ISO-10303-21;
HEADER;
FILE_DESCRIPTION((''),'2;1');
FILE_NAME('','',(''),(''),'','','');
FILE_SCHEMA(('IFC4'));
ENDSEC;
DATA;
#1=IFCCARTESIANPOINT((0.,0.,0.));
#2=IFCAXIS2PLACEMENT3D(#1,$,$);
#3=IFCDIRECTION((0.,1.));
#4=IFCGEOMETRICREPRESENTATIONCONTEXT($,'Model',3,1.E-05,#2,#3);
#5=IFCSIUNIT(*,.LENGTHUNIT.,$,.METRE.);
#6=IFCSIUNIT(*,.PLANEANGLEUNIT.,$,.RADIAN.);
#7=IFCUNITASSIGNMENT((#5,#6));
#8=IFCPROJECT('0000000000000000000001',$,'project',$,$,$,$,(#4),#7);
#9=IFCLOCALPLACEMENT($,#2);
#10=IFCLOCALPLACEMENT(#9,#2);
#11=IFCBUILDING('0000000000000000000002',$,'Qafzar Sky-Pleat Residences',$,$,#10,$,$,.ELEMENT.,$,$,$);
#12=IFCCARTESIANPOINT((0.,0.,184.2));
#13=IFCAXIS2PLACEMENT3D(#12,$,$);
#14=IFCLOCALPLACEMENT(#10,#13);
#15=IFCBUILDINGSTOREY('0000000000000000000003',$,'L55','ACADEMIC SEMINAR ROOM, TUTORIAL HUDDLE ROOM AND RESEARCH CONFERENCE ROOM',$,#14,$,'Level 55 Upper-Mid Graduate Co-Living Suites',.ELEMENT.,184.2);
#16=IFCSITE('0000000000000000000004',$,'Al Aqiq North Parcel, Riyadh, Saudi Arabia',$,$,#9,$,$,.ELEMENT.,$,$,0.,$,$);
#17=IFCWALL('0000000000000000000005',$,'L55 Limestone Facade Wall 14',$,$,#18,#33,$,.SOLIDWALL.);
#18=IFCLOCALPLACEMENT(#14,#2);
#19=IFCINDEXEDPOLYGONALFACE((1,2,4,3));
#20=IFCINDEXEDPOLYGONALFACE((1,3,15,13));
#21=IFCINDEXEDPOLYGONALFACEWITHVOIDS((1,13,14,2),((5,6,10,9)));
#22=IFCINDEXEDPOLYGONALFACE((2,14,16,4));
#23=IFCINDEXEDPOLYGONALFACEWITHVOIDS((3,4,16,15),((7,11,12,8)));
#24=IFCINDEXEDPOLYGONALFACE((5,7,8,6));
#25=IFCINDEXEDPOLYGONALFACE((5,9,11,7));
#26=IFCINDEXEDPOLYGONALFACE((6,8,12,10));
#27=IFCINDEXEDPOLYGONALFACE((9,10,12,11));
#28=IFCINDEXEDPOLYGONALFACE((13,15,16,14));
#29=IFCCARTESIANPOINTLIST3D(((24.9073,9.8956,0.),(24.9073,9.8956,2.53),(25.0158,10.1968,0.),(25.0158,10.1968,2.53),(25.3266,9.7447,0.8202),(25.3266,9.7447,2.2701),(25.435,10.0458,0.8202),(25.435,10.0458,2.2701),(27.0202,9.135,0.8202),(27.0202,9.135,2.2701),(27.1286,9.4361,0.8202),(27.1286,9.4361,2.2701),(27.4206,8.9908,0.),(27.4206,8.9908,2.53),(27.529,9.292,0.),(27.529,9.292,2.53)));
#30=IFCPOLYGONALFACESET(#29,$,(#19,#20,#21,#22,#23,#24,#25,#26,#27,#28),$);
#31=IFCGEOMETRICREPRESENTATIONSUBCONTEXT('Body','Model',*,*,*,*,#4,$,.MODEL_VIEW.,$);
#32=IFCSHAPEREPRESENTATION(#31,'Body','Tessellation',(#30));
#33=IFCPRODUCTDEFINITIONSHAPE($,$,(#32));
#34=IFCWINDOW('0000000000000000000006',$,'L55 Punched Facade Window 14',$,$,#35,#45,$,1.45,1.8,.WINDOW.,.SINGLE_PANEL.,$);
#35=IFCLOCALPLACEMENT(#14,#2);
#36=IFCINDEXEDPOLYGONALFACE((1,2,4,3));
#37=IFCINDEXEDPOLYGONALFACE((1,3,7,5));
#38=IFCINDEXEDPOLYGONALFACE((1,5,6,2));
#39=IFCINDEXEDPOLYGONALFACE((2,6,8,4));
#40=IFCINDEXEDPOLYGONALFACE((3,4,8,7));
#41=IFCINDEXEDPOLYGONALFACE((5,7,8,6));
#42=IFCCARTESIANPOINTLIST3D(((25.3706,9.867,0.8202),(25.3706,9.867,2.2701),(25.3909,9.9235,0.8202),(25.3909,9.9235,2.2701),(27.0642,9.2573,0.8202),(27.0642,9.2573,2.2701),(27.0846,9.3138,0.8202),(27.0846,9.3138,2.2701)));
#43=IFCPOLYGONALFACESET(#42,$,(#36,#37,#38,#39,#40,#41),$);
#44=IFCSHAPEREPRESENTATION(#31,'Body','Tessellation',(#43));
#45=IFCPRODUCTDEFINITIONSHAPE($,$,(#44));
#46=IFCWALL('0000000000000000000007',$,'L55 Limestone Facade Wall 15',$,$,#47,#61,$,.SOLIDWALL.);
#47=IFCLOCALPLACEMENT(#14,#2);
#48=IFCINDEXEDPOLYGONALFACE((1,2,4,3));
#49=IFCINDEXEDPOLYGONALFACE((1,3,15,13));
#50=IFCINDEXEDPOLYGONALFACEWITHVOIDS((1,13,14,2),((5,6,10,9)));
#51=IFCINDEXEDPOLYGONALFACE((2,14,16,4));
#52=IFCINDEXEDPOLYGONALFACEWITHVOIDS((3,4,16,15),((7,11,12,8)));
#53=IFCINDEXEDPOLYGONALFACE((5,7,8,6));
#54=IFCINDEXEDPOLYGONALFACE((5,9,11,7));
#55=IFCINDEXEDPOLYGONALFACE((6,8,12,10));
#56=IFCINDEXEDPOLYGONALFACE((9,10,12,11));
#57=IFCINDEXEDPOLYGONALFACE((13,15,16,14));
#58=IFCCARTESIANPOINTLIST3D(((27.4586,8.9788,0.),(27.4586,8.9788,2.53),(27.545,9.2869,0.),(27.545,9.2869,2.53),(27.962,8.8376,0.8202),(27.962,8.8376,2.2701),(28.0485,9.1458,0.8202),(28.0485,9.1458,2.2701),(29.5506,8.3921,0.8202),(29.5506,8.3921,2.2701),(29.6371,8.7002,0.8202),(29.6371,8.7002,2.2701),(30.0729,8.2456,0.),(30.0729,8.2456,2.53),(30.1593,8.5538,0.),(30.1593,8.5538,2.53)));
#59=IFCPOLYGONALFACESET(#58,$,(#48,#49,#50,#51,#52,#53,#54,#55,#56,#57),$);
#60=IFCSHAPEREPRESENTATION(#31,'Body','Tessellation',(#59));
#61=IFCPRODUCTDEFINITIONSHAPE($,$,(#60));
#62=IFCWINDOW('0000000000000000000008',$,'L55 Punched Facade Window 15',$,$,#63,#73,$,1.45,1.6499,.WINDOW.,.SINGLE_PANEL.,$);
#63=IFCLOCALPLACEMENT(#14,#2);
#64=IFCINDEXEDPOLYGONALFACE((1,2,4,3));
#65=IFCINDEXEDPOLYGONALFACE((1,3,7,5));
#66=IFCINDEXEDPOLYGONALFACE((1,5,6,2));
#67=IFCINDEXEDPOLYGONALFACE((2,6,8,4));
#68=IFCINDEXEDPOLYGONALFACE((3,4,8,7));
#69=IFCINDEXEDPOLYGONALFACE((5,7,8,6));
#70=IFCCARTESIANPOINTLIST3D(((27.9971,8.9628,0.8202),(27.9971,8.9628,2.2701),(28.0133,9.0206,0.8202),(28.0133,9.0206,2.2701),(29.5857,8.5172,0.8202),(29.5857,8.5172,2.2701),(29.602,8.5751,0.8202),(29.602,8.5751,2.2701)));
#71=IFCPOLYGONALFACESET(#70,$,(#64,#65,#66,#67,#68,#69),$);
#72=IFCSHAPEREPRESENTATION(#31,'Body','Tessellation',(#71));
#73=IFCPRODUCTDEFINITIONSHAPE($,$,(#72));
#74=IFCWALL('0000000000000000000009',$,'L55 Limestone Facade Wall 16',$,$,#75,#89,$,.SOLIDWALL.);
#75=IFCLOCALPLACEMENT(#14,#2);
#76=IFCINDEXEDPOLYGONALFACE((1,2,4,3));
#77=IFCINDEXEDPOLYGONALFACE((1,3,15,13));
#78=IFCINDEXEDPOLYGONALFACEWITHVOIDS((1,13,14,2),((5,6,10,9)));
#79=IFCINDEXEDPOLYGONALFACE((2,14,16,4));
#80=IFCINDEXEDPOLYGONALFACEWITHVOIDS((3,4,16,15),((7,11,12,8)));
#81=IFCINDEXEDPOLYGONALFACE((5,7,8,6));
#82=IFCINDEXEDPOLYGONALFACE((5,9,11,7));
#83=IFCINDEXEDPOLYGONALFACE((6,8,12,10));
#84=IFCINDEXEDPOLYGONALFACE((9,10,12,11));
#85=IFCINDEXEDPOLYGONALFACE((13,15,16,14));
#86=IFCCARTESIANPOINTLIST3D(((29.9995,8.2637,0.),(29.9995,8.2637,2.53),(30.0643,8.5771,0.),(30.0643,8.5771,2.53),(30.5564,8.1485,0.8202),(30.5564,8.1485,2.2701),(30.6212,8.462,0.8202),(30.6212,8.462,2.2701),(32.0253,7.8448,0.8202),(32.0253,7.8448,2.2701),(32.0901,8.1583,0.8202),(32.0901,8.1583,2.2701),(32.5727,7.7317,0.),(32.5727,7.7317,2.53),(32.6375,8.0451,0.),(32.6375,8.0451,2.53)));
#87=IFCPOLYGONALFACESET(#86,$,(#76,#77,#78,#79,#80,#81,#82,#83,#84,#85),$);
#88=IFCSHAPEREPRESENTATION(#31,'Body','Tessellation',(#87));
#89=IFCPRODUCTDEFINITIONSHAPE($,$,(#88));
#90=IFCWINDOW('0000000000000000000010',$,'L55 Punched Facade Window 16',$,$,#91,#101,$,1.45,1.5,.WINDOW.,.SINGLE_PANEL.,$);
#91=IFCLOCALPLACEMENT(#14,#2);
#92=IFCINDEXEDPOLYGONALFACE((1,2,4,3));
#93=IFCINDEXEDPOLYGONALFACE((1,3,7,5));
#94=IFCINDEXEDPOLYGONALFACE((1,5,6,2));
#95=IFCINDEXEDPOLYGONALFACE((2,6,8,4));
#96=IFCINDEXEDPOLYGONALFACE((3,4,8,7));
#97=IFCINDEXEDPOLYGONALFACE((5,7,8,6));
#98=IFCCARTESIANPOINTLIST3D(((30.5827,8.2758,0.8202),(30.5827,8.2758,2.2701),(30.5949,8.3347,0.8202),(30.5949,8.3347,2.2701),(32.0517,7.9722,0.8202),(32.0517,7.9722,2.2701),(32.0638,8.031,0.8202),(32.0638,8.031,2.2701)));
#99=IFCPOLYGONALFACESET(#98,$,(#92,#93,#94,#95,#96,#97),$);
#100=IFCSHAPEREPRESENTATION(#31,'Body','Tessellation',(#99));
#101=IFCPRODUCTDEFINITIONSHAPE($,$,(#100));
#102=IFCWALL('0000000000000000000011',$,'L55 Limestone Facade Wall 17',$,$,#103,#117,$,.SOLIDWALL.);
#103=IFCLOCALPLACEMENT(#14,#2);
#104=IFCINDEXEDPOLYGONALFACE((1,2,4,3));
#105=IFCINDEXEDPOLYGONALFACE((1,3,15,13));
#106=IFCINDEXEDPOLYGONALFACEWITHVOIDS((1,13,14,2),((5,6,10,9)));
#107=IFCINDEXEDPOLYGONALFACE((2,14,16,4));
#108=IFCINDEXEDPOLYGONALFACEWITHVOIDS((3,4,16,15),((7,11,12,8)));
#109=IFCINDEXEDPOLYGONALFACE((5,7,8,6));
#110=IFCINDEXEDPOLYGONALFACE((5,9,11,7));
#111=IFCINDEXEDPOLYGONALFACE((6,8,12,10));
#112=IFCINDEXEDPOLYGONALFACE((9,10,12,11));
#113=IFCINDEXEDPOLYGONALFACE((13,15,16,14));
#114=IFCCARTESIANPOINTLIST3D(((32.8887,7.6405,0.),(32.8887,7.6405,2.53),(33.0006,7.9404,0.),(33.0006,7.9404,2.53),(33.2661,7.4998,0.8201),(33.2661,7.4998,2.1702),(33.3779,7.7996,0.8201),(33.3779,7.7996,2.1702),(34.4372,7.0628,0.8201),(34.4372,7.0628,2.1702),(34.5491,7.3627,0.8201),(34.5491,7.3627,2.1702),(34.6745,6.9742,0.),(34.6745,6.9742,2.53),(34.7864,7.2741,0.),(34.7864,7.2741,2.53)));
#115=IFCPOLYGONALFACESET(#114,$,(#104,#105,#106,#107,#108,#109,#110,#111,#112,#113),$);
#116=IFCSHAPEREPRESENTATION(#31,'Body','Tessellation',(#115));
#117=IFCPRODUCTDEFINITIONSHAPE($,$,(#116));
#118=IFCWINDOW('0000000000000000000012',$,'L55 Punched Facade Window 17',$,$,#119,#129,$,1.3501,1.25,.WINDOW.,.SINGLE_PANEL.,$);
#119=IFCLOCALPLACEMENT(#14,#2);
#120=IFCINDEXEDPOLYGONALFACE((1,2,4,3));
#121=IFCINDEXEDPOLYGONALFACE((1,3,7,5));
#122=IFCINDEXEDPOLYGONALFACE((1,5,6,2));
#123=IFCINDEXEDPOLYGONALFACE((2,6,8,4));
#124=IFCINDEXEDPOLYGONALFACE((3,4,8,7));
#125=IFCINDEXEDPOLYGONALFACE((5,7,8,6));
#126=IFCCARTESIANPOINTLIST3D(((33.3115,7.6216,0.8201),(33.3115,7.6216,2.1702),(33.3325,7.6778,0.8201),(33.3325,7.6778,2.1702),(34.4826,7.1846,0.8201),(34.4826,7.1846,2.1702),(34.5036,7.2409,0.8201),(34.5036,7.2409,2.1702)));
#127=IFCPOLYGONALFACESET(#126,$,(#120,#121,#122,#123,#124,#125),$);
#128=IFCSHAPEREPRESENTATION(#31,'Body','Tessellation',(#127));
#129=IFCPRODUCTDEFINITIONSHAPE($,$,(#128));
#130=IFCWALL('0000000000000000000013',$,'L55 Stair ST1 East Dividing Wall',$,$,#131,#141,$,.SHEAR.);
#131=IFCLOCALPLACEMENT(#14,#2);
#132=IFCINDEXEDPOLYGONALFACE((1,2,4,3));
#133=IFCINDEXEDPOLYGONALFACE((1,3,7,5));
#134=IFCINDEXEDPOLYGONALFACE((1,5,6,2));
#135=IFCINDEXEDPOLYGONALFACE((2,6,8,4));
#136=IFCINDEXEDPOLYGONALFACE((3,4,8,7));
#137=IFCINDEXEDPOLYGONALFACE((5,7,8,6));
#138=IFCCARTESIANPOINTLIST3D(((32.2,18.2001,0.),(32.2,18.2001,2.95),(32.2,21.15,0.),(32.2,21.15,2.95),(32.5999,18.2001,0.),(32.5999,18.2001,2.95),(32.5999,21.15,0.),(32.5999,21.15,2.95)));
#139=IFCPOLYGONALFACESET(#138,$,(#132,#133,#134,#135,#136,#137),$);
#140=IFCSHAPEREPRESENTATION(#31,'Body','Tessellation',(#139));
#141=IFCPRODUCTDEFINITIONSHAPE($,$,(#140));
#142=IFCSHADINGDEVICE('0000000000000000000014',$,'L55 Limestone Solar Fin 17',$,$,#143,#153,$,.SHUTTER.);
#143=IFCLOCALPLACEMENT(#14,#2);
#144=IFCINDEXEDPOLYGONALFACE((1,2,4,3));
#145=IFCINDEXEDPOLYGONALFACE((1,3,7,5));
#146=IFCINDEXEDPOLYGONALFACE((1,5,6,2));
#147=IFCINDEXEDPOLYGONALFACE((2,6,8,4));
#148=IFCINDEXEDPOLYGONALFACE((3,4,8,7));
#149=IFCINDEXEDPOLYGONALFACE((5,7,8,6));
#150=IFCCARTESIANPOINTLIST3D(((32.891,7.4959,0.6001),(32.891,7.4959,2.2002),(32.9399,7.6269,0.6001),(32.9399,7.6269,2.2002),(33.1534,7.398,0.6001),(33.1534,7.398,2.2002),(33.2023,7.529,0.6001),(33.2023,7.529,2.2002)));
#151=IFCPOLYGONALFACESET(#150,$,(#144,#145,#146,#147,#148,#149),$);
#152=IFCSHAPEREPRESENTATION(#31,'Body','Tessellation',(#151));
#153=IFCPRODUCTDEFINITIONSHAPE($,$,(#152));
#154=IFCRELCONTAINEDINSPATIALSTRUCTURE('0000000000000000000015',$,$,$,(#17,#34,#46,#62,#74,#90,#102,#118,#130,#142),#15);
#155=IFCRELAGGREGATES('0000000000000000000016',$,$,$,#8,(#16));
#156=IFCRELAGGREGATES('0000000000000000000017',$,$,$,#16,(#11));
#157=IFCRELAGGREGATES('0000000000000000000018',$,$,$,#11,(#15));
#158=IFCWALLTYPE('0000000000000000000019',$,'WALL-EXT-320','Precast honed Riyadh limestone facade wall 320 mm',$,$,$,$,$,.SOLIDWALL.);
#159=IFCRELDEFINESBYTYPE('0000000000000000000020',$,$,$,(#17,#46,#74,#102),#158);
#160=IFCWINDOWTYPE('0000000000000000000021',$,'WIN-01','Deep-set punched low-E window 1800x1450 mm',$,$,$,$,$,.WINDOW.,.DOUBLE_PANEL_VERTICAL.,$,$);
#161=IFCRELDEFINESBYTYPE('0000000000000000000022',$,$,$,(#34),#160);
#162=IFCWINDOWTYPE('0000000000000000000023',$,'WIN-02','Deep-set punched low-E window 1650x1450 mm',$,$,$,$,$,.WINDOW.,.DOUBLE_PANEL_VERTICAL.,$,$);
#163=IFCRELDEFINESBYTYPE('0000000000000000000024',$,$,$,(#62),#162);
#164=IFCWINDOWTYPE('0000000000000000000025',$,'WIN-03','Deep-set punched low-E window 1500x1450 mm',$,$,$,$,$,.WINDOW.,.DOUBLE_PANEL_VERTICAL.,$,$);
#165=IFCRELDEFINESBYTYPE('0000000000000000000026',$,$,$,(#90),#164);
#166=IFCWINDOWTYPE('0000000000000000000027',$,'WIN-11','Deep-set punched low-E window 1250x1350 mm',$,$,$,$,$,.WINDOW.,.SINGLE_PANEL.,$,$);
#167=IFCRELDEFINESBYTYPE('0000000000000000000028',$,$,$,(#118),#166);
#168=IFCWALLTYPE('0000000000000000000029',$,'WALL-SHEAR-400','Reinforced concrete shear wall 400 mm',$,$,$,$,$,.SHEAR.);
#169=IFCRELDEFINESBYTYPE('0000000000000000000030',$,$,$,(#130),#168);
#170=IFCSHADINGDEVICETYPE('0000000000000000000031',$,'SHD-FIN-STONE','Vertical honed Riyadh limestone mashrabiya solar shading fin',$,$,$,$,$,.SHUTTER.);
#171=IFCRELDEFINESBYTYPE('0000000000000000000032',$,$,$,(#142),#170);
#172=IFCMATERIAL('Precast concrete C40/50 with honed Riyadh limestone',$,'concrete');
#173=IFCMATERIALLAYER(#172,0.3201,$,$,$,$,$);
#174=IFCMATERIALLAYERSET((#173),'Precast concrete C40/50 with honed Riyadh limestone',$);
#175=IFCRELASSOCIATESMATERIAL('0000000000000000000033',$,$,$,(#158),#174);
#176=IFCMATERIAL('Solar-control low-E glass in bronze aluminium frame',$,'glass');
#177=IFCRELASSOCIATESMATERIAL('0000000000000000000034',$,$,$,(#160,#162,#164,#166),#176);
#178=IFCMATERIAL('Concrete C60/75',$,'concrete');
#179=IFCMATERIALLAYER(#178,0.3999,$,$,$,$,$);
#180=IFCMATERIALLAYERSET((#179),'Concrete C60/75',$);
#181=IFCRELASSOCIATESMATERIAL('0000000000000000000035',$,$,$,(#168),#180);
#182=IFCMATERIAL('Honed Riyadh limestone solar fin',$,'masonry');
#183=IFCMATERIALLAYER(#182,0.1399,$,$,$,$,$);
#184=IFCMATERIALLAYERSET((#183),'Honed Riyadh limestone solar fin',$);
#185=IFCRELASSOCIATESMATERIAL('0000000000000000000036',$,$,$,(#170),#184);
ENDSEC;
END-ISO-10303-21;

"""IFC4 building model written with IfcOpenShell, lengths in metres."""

from ifc_helpers import new_model, si_unit, direction, frame, frame_2d, origin, origin_2d, place, context, subcontext, project, spatial, rectangle, extrude, source, transform, mapped, material, layer, layer_set, type_object, element, fill, save


model = new_model("IFC4")

# Units and contexts
model_context = context("Model", 3, precision=1e-05, world=origin(), true_north=direction((0.0, 1.0)))
body_context = subcontext(model_context, "Body", "Model", "MODEL_VIEW")
ifc_project = project(units=[si_unit("LENGTHUNIT", "METRE"), si_unit("PLANEANGLEUNIT", "RADIAN")], contexts=[model_context])

# Site, building, storey
site_placement = place(None, origin())
site = spatial("IfcSite", under=ifc_project, at=site_placement, Name="Al Aqiq North Parcel, Riyadh, Saudi Arabia", CompositionType="ELEMENT", RefElevation=0.0)
building_placement = place(site_placement, origin())
building = spatial("IfcBuilding", under=site, at=building_placement, Name="Qafzar Sky-Pleat Residences", CompositionType="ELEMENT")
storey_placement = place(building_placement, frame((0.0, 0.0, 184.2)))
storey = spatial("IfcBuildingStorey", under=building, at=storey_placement, Name="L55", Description="ACADEMIC SEMINAR ROOM, TUTORIAL HUDDLE ROOM AND RESEARCH CONFERENCE ROOM", LongName="Level 55 Upper-Mid Graduate Co-Living Suites", CompositionType="ELEMENT", Elevation=184.2)

# Shared definitions
ifc_material_1 = material(Name="Concrete C60/75", Category="concrete")

# Walls, openings, windows
ifc_material_2 = material(Name="Precast concrete C40/50 with honed Riyadh limestone", Category="concrete")
ifc_layer_1 = layer(ifc_material_2, 0.3201)
ifc_layer_set_1 = layer_set([ifc_layer_1], Name="Precast concrete C40/50 with honed Riyadh limestone")
wall_type_1 = type_object("IfcWallType", Name="WALL-EXT-320", Description="Precast honed Riyadh limestone facade wall 320 mm", PredefinedType="SOLIDWALL", material=ifc_layer_set_1)
wall_1_placement = place(storey_placement, frame((24.9617, 10.0461, 0.0), z_axis=(0.0, 0.0, 1.0), x_axis=(0.940883, -0.338732, 0.0)))
wall_1 = element("IfcWall", 1, at=wall_1_placement, inside=storey, type_object=wall_type_1, Name="L55 Limestone Facade Wall 14", PredefinedType="SOLIDWALL", context=body_context, shape_type="SweptSolid", body=[
    extrude(rectangle(XDim=2.6711, YDim=0.3201, at=frame_2d((1.3354, 0.0))), origin(), (0.0, 0.0, 1.0), 2.53),
])
opening_1_placement = place(wall_1_placement, frame((0.4456, 0.0, 0.8201)))
opening_1 = element("IfcOpeningElement", 2, at=opening_1_placement, cuts=wall_1, PredefinedType="OPENING", context=body_context, shape_type="SweptSolid", body=[
    extrude(rectangle(XDim=1.8, YDim=1.45, at=frame_2d((0.8999, 0.7251))), frame((0.0, 0.1699, 0.0), z_axis=(0.0, -1.0, 0.0), x_axis=(1.0, 0.0, 0.0)), (0.0, 0.0, 1.0), 0.3401),
])
ifc_material_3 = material(Name="Solar-control low-E glass in bronze aluminium frame", Category="glass")
window_type_1 = type_object("IfcWindowType", Name="WIN-01", Description="Deep-set punched low-E window 1800x1450 mm", PartitioningType="DOUBLE_PANEL_VERTICAL", PredefinedType="WINDOW", material=ifc_material_3)
shared_shape_1 = source(origin(), body_context, "Body", "SweptSolid", [
    extrude(rectangle(XDim=1.8, YDim=1.45, at=frame_2d((0.8999, 0.7251))), frame((0.0, 0.03, 0.0), z_axis=(0.0, -1.0, 0.0), x_axis=(1.0, 0.0, 0.0)), (0.0, 0.0, 1.0), 0.0601),
])
window_1_placement = place(opening_1_placement, origin())
window_1 = element("IfcWindow", 3, at=window_1_placement, inside=storey, type_object=window_type_1, Name="L55 Punched Facade Window 14", OverallHeight=1.45, OverallWidth=1.8, PartitioningType="SINGLE_PANEL", PredefinedType="WINDOW", context=body_context, shape_type="MappedRepresentation", body=[
    mapped(shared_shape_1, transform((0.0, 0.0, 0.0), x_axis=(1.0, 0.0, 0.0), y_axis=(0.0, 1.0, 0.0), z_axis=(0.0, 0.0, 1.0), scale=1.0)),
])
fill(opening_1, window_1)
wall_2_placement = place(storey_placement, frame((27.502, 9.1328, 0.0), z_axis=(0.0, 0.0, 1.0), x_axis=(0.962853, -0.270027, 0.0)))
wall_2 = element("IfcWall", 4, at=wall_2_placement, inside=storey, type_object=wall_type_1, Name="L55 Limestone Facade Wall 15", PredefinedType="SOLIDWALL", context=body_context, shape_type="SweptSolid", body=[
    extrude(rectangle(XDim=2.7151, YDim=0.3201, at=frame_2d((1.3574, 0.0))), origin(), (0.0, 0.0, 1.0), 2.53),
])
opening_2_placement = place(wall_2_placement, frame((0.5227, 0.0, 0.8201)))
opening_2 = element("IfcOpeningElement", 5, at=opening_2_placement, cuts=wall_2, PredefinedType="OPENING", context=body_context, shape_type="SweptSolid", body=[
    extrude(rectangle(XDim=1.6499, YDim=1.45, at=frame_2d((0.825, 0.7251))), frame((0.0, 0.1699, 0.0), z_axis=(0.0, -1.0, 0.0), x_axis=(1.0, 0.0, 0.0)), (0.0, 0.0, 1.0), 0.3401),
])
window_type_2 = type_object("IfcWindowType", Name="WIN-02", Description="Deep-set punched low-E window 1650x1450 mm", PartitioningType="DOUBLE_PANEL_VERTICAL", PredefinedType="WINDOW", material=ifc_material_3)
shared_shape_2 = source(origin(), body_context, "Body", "SweptSolid", [
    extrude(rectangle(XDim=1.6499, YDim=1.45, at=frame_2d((0.825, 0.7251))), frame((0.0, 0.03, 0.0), z_axis=(0.0, -1.0, 0.0), x_axis=(1.0, 0.0, 0.0)), (0.0, 0.0, 1.0), 0.0601),
])
window_2_placement = place(opening_2_placement, origin())
window_2 = element("IfcWindow", 6, at=window_2_placement, inside=storey, type_object=window_type_2, Name="L55 Punched Facade Window 15", OverallHeight=1.45, OverallWidth=1.6499, PartitioningType="SINGLE_PANEL", PredefinedType="WINDOW", context=body_context, shape_type="MappedRepresentation", body=[
    mapped(shared_shape_2, transform((0.0, 0.0, 0.0), x_axis=(1.0, 0.0, 0.0), y_axis=(0.0, 1.0, 0.0), z_axis=(0.0, 0.0, 1.0), scale=1.0)),
])
fill(opening_2, window_2)
wall_3_placement = place(storey_placement, frame((30.0317, 8.4204, 0.0), z_axis=(0.0, 0.0, 1.0), x_axis=(0.979292, -0.202455, 0.0)))
wall_3 = element("IfcWall", 7, at=wall_3_placement, inside=storey, type_object=wall_type_1, Name="L55 Limestone Facade Wall 16", PredefinedType="SOLIDWALL", context=body_context, shape_type="SweptSolid", body=[
    extrude(rectangle(XDim=2.6277, YDim=0.3201, at=frame_2d((1.314, 0.0))), origin(), (0.0, 0.0, 1.0), 2.53),
])
opening_3_placement = place(wall_3_placement, frame((0.5688, 0.0, 0.8201)))
opening_3 = element("IfcOpeningElement", 8, at=opening_3_placement, cuts=wall_3, PredefinedType="OPENING", context=body_context, shape_type="SweptSolid", body=[
    extrude(rectangle(XDim=1.5, YDim=1.45, at=frame_2d((0.75, 0.7251))), frame((0.0, 0.1699, 0.0), z_axis=(0.0, -1.0, 0.0), x_axis=(1.0, 0.0, 0.0)), (0.0, 0.0, 1.0), 0.3401),
])
window_type_3 = type_object("IfcWindowType", Name="WIN-03", Description="Deep-set punched low-E window 1500x1450 mm", PartitioningType="DOUBLE_PANEL_VERTICAL", PredefinedType="WINDOW", material=ifc_material_3)
shared_shape_3 = source(origin(), body_context, "Body", "SweptSolid", [
    extrude(rectangle(XDim=1.5, YDim=1.45, at=frame_2d((0.75, 0.7251))), frame((0.0, 0.03, 0.0), z_axis=(0.0, -1.0, 0.0), x_axis=(1.0, 0.0, 0.0)), (0.0, 0.0, 1.0), 0.0601),
])
window_3_placement = place(opening_3_placement, origin())
window_3 = element("IfcWindow", 9, at=window_3_placement, inside=storey, type_object=window_type_3, Name="L55 Punched Facade Window 16", OverallHeight=1.45, OverallWidth=1.5, PartitioningType="SINGLE_PANEL", PredefinedType="WINDOW", context=body_context, shape_type="MappedRepresentation", body=[
    mapped(shared_shape_3, transform((0.0, 0.0, 0.0), x_axis=(1.0, 0.0, 0.0), y_axis=(0.0, 1.0, 0.0), z_axis=(0.0, 0.0, 1.0), scale=1.0)),
])
fill(opening_3, window_3)
wall_4_placement = place(storey_placement, frame((32.9446, 7.7905, 0.0), z_axis=(0.0, 0.0, 1.0), x_axis=(0.936907, -0.349579, 0.0)))
wall_4 = element("IfcWall", 10, at=wall_4_placement, inside=storey, type_object=wall_type_1, Name="L55 Limestone Facade Wall 17", PredefinedType="SOLIDWALL", context=body_context, shape_type="SweptSolid", body=[
    extrude(rectangle(XDim=1.906, YDim=0.3201, at=frame_2d((0.9531, 0.0))), origin(), (0.0, 0.0, 1.0), 2.53),
])
opening_4_placement = place(wall_4_placement, frame((0.4028, 0.0, 0.8201)))
opening_4 = element("IfcOpeningElement", 11, at=opening_4_placement, cuts=wall_4, PredefinedType="OPENING", context=body_context, shape_type="SweptSolid", body=[
    extrude(rectangle(XDim=1.25, YDim=1.3501, at=frame_2d((0.625, 0.675))), frame((0.0, 0.1699, 0.0), z_axis=(0.0, -1.0, 0.0), x_axis=(1.0, 0.0, 0.0)), (0.0, 0.0, 1.0), 0.3401),
])
window_type_4 = type_object("IfcWindowType", Name="WIN-11", Description="Deep-set punched low-E window 1250x1350 mm", PartitioningType="SINGLE_PANEL", PredefinedType="WINDOW", material=ifc_material_3)
shared_shape_4 = source(origin(), body_context, "Body", "SweptSolid", [
    extrude(rectangle(XDim=1.25, YDim=1.3501, at=frame_2d((0.625, 0.675))), frame((0.0, 0.03, 0.0), z_axis=(0.0, -1.0, 0.0), x_axis=(1.0, 0.0, 0.0)), (0.0, 0.0, 1.0), 0.0601),
])
window_4_placement = place(opening_4_placement, origin())
window_4 = element("IfcWindow", 12, at=window_4_placement, inside=storey, type_object=window_type_4, Name="L55 Punched Facade Window 17", OverallHeight=1.3501, OverallWidth=1.25, PartitioningType="SINGLE_PANEL", PredefinedType="WINDOW", context=body_context, shape_type="MappedRepresentation", body=[
    mapped(shared_shape_4, transform((0.0, 0.0, 0.0), x_axis=(1.0, 0.0, 0.0), y_axis=(0.0, 1.0, 0.0), z_axis=(0.0, 0.0, 1.0), scale=1.0)),
])
fill(opening_4, window_4)

# Wall
ifc_layer_2 = layer(ifc_material_1, 0.3999)
ifc_layer_set_2 = layer_set([ifc_layer_2], Name="Concrete C60/75")
wall_type_2 = type_object("IfcWallType", Name="WALL-SHEAR-400", Description="Reinforced concrete shear wall 400 mm", PredefinedType="SHEAR", material=ifc_layer_set_2)
wall_5_placement = place(storey_placement, frame((32.3999, 18.2, 0.0), z_axis=(0.0, 0.0, 1.0), x_axis=(0.0, 1.0, 0.0)))
element("IfcWall", 13, at=wall_5_placement, inside=storey, type_object=wall_type_2, Name="L55 Stair ST1 East Dividing Wall", PredefinedType="SHEAR", context=body_context, shape_type="SweptSolid", body=[
    extrude(rectangle(XDim=2.95, YDim=0.3999, at=frame_2d((1.4751, 0.0))), origin(), (0.0, 0.0, 1.0), 2.95),
])

# Shading device
ifc_material_4 = material(Name="Honed Riyadh limestone solar fin", Category="masonry")
ifc_layer_3 = layer(ifc_material_4, 0.1399)
ifc_layer_set_3 = layer_set([ifc_layer_3], Name="Honed Riyadh limestone solar fin")
shading_device_type = type_object("IfcShadingDeviceType", Name="SHD-FIN-STONE", Description="Vertical honed Riyadh limestone mashrabiya solar shading fin", PredefinedType="SHUTTER", material=ifc_layer_set_3)
shared_shape_5 = source(origin(), body_context, "Body", "SweptSolid", [
    extrude(rectangle(XDim=0.1399, YDim=0.28, at=origin_2d()), origin(), (0.0, 0.0, 1.0), 1.6001),
])
shading_device_placement = place(storey_placement, frame((33.0466, 7.5125, 0.6001), z_axis=(0.0, 0.0, 1.0), x_axis=(-0.349603, -0.936898, 0.0)))
element("IfcShadingDevice", 14, at=shading_device_placement, inside=storey, type_object=shading_device_type, Name="L55 Limestone Solar Fin 17", PredefinedType="SHUTTER", context=body_context, shape_type="MappedRepresentation", body=[
    mapped(shared_shape_5, transform((0.0, 0.0, 0.0), x_axis=(1.0, 0.0, 0.0), y_axis=(0.0, 1.0, 0.0), z_axis=(0.0, 0.0, 1.0), scale=1.0)),
])

save(model, "model.ifc")
